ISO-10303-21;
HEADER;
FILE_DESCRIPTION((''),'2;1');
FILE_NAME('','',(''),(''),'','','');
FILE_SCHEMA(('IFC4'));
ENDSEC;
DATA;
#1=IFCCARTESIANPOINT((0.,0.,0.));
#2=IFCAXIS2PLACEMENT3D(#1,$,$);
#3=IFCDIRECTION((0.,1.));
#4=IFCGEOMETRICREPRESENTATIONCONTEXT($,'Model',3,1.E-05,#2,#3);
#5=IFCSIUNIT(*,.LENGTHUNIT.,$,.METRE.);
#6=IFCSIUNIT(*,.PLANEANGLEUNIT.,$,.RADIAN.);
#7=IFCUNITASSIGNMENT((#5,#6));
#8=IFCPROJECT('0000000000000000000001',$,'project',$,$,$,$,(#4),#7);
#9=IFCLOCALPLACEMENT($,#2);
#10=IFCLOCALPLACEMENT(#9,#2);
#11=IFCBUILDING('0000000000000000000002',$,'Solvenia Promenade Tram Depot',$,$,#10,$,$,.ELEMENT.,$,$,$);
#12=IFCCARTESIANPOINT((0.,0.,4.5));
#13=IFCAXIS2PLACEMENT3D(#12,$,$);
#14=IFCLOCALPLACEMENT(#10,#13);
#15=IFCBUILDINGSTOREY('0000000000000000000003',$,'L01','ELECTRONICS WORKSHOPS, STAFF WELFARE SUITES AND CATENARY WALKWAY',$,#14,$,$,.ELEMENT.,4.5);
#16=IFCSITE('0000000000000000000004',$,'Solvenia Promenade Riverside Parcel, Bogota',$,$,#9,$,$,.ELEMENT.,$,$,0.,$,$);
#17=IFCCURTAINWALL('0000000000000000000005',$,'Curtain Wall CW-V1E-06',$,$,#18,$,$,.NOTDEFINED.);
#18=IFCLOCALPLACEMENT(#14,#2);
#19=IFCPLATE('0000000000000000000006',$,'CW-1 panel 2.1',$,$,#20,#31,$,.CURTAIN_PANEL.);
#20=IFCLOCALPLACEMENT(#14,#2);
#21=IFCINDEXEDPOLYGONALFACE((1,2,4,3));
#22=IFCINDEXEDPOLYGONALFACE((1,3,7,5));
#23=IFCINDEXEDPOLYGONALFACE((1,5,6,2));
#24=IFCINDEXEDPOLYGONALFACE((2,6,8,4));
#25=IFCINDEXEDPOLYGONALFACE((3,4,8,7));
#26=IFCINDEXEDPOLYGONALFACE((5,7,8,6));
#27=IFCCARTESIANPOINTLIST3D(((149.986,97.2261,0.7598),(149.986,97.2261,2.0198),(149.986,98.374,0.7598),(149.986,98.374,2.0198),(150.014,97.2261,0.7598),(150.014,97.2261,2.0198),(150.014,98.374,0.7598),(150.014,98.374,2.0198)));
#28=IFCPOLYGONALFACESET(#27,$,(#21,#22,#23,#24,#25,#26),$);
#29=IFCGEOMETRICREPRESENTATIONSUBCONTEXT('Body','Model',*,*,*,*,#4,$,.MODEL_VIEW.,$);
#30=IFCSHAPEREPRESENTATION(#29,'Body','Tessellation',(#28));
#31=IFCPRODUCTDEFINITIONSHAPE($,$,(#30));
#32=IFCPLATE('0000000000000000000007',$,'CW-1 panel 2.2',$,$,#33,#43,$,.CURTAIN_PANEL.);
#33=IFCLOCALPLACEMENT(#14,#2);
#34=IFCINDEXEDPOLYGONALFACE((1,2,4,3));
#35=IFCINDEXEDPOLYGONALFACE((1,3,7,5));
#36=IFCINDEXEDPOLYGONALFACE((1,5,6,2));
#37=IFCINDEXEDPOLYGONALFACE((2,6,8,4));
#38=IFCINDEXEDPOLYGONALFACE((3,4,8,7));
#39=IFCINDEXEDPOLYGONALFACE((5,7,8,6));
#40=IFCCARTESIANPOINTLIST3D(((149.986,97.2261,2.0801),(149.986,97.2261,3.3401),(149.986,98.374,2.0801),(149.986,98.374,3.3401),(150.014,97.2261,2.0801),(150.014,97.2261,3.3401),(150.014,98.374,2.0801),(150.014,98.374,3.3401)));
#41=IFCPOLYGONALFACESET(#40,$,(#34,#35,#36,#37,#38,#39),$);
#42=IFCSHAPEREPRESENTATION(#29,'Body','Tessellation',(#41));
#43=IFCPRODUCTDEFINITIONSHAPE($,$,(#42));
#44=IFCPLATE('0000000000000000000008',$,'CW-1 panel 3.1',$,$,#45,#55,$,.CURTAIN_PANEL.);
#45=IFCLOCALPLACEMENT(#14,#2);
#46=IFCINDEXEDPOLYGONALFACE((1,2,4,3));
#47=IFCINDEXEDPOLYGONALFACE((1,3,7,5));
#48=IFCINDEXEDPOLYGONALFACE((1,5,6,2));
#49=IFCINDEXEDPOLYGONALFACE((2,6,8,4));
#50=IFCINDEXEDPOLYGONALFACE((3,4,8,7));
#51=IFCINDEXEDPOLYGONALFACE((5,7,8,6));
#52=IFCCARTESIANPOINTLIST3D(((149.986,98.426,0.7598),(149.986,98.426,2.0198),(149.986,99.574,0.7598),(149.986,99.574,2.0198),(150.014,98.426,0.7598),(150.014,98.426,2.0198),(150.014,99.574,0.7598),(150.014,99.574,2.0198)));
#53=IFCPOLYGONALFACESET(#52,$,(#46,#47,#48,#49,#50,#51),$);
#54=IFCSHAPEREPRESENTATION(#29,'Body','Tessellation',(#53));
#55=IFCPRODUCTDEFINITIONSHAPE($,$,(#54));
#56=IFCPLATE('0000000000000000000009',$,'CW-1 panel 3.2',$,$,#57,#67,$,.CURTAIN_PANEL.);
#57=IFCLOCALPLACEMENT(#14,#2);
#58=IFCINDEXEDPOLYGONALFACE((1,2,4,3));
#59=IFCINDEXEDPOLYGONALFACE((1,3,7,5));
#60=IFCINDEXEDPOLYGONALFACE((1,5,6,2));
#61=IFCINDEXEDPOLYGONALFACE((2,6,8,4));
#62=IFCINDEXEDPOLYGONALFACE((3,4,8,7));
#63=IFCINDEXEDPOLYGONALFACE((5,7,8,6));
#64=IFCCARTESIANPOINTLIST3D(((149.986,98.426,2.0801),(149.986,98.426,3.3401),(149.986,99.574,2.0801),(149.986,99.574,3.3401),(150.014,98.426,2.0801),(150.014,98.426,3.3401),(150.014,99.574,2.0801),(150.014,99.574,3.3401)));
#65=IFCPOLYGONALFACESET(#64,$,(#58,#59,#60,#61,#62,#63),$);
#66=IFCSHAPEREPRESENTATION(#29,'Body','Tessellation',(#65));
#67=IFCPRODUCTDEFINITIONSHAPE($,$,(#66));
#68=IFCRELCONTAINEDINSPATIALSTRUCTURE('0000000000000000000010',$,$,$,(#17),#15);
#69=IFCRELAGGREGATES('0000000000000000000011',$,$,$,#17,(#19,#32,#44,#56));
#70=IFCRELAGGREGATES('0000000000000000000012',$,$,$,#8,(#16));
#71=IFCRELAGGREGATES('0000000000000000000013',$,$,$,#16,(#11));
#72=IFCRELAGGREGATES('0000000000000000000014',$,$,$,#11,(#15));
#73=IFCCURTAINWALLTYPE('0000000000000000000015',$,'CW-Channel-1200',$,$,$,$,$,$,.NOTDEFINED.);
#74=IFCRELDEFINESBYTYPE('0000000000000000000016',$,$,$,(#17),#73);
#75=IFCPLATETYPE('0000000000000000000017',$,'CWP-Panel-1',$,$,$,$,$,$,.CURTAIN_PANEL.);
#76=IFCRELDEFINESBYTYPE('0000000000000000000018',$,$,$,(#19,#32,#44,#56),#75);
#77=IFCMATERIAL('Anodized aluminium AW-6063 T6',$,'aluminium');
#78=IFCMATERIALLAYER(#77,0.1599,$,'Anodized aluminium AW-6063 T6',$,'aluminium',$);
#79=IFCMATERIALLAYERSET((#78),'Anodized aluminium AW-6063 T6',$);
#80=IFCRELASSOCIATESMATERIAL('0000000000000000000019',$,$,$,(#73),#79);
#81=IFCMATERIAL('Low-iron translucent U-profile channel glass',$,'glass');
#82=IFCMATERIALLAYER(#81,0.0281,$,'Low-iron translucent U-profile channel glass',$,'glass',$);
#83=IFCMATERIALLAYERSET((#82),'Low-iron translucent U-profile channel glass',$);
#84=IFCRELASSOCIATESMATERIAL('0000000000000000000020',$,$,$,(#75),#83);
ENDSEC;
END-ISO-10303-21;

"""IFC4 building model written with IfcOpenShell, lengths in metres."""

from ifc_helpers import new_model, si_unit, direction, frame, origin, origin_2d, place, context, subcontext, project, spatial, rectangle, extrude, material, layer, layer_set, type_object, element, aggregate, save


model = new_model("IFC4")

# Units and contexts
model_context = context("Model", 3, precision=1e-05, world=origin(), true_north=direction((0.0, 1.0)))
body_context = subcontext(model_context, "Body", "Model", "MODEL_VIEW")
ifc_project = project(units=[si_unit("LENGTHUNIT", "METRE"), si_unit("PLANEANGLEUNIT", "RADIAN")], contexts=[model_context])

# Site, building, storey
site_placement = place(None, origin())
site = spatial("IfcSite", under=ifc_project, at=site_placement, Name="Solvenia Promenade Riverside Parcel, Bogota", CompositionType="ELEMENT", RefElevation=0.0)
building_placement = place(site_placement, origin())
building = spatial("IfcBuilding", under=site, at=building_placement, Name="Solvenia Promenade Tram Depot", CompositionType="ELEMENT")
storey_placement = place(building_placement, frame((0.0, 0.0, 4.5)))
storey = spatial("IfcBuildingStorey", under=building, at=storey_placement, Name="L01", Description="ELECTRONICS WORKSHOPS, STAFF WELFARE SUITES AND CATENARY WALKWAY", CompositionType="ELEMENT", Elevation=4.5)

# Curtain wall
ifc_material_1 = material(Name="Anodized aluminium AW-6063 T6", Category="aluminium")
ifc_layer_1 = layer(ifc_material_1, 0.1599, Name="Anodized aluminium AW-6063 T6", Category="aluminium")
ifc_layer_set_1 = layer_set([ifc_layer_1], Name="Anodized aluminium AW-6063 T6")
curtain_wall_type = type_object("IfcCurtainWallType", Name="CW-Channel-1200", PredefinedType="NOTDEFINED", material=ifc_layer_set_1)
curtain_wall_placement = place(storey_placement, origin())
curtain_wall = element("IfcCurtainWall", 1, at=curtain_wall_placement, inside=storey, type_object=curtain_wall_type, Name="Curtain Wall CW-V1E-06", PredefinedType="NOTDEFINED")

# Plates
ifc_material_2 = material(Name="Low-iron translucent U-profile channel glass", Category="glass")
ifc_layer_2 = layer(ifc_material_2, 0.0281, Name="Low-iron translucent U-profile channel glass", Category="glass")
ifc_layer_set_2 = layer_set([ifc_layer_2], Name="Low-iron translucent U-profile channel glass")
plate_type = type_object("IfcPlateType", Name="CWP-Panel-1", PredefinedType="CURTAIN_PANEL", material=ifc_layer_set_2)
plate_1_placement = place(storey_placement, frame((150.0, 97.8, 0.7598), z_axis=(0.0, 0.0, 1.0), x_axis=(0.0, 1.0, 0.0)))
plate_1 = element("IfcPlate", 2, at=plate_1_placement, type_object=plate_type, Name="CW-1 panel 2.1", PredefinedType="CURTAIN_PANEL", context=body_context, shape_type="SweptSolid", body=[
    extrude(rectangle(XDim=1.1479, YDim=0.0281, at=origin_2d()), origin(), (0.0, 0.0, 1.0), 1.26),
])
plate_2_placement = place(storey_placement, frame((150.0, 97.8, 2.0801), z_axis=(0.0, 0.0, 1.0), x_axis=(0.0, 1.0, 0.0)))
plate_2 = element("IfcPlate", 3, at=plate_2_placement, type_object=plate_type, Name="CW-1 panel 2.2", PredefinedType="CURTAIN_PANEL", context=body_context, shape_type="SweptSolid", body=[
    extrude(rectangle(XDim=1.1479, YDim=0.0281, at=origin_2d()), origin(), (0.0, 0.0, 1.0), 1.26),
])
plate_3_placement = place(storey_placement, frame((150.0, 99.0, 0.7598), z_axis=(0.0, 0.0, 1.0), x_axis=(0.0, 1.0, 0.0)))
plate_3 = element("IfcPlate", 4, at=plate_3_placement, type_object=plate_type, Name="CW-1 panel 3.1", PredefinedType="CURTAIN_PANEL", context=body_context, shape_type="SweptSolid", body=[
    extrude(rectangle(XDim=1.1479, YDim=0.0281, at=origin_2d()), origin(), (0.0, 0.0, 1.0), 1.26),
])
plate_4_placement = place(storey_placement, frame((150.0, 99.0, 2.0801), z_axis=(0.0, 0.0, 1.0), x_axis=(0.0, 1.0, 0.0)))
plate_4 = element("IfcPlate", 5, at=plate_4_placement, type_object=plate_type, Name="CW-1 panel 3.2", PredefinedType="CURTAIN_PANEL", context=body_context, shape_type="SweptSolid", body=[
    extrude(rectangle(XDim=1.1479, YDim=0.0281, at=origin_2d()), origin(), (0.0, 0.0, 1.0), 1.26),
])
aggregate(curtain_wall, [plate_1, plate_2, plate_3, plate_4])

save(model, "model.ifc")
